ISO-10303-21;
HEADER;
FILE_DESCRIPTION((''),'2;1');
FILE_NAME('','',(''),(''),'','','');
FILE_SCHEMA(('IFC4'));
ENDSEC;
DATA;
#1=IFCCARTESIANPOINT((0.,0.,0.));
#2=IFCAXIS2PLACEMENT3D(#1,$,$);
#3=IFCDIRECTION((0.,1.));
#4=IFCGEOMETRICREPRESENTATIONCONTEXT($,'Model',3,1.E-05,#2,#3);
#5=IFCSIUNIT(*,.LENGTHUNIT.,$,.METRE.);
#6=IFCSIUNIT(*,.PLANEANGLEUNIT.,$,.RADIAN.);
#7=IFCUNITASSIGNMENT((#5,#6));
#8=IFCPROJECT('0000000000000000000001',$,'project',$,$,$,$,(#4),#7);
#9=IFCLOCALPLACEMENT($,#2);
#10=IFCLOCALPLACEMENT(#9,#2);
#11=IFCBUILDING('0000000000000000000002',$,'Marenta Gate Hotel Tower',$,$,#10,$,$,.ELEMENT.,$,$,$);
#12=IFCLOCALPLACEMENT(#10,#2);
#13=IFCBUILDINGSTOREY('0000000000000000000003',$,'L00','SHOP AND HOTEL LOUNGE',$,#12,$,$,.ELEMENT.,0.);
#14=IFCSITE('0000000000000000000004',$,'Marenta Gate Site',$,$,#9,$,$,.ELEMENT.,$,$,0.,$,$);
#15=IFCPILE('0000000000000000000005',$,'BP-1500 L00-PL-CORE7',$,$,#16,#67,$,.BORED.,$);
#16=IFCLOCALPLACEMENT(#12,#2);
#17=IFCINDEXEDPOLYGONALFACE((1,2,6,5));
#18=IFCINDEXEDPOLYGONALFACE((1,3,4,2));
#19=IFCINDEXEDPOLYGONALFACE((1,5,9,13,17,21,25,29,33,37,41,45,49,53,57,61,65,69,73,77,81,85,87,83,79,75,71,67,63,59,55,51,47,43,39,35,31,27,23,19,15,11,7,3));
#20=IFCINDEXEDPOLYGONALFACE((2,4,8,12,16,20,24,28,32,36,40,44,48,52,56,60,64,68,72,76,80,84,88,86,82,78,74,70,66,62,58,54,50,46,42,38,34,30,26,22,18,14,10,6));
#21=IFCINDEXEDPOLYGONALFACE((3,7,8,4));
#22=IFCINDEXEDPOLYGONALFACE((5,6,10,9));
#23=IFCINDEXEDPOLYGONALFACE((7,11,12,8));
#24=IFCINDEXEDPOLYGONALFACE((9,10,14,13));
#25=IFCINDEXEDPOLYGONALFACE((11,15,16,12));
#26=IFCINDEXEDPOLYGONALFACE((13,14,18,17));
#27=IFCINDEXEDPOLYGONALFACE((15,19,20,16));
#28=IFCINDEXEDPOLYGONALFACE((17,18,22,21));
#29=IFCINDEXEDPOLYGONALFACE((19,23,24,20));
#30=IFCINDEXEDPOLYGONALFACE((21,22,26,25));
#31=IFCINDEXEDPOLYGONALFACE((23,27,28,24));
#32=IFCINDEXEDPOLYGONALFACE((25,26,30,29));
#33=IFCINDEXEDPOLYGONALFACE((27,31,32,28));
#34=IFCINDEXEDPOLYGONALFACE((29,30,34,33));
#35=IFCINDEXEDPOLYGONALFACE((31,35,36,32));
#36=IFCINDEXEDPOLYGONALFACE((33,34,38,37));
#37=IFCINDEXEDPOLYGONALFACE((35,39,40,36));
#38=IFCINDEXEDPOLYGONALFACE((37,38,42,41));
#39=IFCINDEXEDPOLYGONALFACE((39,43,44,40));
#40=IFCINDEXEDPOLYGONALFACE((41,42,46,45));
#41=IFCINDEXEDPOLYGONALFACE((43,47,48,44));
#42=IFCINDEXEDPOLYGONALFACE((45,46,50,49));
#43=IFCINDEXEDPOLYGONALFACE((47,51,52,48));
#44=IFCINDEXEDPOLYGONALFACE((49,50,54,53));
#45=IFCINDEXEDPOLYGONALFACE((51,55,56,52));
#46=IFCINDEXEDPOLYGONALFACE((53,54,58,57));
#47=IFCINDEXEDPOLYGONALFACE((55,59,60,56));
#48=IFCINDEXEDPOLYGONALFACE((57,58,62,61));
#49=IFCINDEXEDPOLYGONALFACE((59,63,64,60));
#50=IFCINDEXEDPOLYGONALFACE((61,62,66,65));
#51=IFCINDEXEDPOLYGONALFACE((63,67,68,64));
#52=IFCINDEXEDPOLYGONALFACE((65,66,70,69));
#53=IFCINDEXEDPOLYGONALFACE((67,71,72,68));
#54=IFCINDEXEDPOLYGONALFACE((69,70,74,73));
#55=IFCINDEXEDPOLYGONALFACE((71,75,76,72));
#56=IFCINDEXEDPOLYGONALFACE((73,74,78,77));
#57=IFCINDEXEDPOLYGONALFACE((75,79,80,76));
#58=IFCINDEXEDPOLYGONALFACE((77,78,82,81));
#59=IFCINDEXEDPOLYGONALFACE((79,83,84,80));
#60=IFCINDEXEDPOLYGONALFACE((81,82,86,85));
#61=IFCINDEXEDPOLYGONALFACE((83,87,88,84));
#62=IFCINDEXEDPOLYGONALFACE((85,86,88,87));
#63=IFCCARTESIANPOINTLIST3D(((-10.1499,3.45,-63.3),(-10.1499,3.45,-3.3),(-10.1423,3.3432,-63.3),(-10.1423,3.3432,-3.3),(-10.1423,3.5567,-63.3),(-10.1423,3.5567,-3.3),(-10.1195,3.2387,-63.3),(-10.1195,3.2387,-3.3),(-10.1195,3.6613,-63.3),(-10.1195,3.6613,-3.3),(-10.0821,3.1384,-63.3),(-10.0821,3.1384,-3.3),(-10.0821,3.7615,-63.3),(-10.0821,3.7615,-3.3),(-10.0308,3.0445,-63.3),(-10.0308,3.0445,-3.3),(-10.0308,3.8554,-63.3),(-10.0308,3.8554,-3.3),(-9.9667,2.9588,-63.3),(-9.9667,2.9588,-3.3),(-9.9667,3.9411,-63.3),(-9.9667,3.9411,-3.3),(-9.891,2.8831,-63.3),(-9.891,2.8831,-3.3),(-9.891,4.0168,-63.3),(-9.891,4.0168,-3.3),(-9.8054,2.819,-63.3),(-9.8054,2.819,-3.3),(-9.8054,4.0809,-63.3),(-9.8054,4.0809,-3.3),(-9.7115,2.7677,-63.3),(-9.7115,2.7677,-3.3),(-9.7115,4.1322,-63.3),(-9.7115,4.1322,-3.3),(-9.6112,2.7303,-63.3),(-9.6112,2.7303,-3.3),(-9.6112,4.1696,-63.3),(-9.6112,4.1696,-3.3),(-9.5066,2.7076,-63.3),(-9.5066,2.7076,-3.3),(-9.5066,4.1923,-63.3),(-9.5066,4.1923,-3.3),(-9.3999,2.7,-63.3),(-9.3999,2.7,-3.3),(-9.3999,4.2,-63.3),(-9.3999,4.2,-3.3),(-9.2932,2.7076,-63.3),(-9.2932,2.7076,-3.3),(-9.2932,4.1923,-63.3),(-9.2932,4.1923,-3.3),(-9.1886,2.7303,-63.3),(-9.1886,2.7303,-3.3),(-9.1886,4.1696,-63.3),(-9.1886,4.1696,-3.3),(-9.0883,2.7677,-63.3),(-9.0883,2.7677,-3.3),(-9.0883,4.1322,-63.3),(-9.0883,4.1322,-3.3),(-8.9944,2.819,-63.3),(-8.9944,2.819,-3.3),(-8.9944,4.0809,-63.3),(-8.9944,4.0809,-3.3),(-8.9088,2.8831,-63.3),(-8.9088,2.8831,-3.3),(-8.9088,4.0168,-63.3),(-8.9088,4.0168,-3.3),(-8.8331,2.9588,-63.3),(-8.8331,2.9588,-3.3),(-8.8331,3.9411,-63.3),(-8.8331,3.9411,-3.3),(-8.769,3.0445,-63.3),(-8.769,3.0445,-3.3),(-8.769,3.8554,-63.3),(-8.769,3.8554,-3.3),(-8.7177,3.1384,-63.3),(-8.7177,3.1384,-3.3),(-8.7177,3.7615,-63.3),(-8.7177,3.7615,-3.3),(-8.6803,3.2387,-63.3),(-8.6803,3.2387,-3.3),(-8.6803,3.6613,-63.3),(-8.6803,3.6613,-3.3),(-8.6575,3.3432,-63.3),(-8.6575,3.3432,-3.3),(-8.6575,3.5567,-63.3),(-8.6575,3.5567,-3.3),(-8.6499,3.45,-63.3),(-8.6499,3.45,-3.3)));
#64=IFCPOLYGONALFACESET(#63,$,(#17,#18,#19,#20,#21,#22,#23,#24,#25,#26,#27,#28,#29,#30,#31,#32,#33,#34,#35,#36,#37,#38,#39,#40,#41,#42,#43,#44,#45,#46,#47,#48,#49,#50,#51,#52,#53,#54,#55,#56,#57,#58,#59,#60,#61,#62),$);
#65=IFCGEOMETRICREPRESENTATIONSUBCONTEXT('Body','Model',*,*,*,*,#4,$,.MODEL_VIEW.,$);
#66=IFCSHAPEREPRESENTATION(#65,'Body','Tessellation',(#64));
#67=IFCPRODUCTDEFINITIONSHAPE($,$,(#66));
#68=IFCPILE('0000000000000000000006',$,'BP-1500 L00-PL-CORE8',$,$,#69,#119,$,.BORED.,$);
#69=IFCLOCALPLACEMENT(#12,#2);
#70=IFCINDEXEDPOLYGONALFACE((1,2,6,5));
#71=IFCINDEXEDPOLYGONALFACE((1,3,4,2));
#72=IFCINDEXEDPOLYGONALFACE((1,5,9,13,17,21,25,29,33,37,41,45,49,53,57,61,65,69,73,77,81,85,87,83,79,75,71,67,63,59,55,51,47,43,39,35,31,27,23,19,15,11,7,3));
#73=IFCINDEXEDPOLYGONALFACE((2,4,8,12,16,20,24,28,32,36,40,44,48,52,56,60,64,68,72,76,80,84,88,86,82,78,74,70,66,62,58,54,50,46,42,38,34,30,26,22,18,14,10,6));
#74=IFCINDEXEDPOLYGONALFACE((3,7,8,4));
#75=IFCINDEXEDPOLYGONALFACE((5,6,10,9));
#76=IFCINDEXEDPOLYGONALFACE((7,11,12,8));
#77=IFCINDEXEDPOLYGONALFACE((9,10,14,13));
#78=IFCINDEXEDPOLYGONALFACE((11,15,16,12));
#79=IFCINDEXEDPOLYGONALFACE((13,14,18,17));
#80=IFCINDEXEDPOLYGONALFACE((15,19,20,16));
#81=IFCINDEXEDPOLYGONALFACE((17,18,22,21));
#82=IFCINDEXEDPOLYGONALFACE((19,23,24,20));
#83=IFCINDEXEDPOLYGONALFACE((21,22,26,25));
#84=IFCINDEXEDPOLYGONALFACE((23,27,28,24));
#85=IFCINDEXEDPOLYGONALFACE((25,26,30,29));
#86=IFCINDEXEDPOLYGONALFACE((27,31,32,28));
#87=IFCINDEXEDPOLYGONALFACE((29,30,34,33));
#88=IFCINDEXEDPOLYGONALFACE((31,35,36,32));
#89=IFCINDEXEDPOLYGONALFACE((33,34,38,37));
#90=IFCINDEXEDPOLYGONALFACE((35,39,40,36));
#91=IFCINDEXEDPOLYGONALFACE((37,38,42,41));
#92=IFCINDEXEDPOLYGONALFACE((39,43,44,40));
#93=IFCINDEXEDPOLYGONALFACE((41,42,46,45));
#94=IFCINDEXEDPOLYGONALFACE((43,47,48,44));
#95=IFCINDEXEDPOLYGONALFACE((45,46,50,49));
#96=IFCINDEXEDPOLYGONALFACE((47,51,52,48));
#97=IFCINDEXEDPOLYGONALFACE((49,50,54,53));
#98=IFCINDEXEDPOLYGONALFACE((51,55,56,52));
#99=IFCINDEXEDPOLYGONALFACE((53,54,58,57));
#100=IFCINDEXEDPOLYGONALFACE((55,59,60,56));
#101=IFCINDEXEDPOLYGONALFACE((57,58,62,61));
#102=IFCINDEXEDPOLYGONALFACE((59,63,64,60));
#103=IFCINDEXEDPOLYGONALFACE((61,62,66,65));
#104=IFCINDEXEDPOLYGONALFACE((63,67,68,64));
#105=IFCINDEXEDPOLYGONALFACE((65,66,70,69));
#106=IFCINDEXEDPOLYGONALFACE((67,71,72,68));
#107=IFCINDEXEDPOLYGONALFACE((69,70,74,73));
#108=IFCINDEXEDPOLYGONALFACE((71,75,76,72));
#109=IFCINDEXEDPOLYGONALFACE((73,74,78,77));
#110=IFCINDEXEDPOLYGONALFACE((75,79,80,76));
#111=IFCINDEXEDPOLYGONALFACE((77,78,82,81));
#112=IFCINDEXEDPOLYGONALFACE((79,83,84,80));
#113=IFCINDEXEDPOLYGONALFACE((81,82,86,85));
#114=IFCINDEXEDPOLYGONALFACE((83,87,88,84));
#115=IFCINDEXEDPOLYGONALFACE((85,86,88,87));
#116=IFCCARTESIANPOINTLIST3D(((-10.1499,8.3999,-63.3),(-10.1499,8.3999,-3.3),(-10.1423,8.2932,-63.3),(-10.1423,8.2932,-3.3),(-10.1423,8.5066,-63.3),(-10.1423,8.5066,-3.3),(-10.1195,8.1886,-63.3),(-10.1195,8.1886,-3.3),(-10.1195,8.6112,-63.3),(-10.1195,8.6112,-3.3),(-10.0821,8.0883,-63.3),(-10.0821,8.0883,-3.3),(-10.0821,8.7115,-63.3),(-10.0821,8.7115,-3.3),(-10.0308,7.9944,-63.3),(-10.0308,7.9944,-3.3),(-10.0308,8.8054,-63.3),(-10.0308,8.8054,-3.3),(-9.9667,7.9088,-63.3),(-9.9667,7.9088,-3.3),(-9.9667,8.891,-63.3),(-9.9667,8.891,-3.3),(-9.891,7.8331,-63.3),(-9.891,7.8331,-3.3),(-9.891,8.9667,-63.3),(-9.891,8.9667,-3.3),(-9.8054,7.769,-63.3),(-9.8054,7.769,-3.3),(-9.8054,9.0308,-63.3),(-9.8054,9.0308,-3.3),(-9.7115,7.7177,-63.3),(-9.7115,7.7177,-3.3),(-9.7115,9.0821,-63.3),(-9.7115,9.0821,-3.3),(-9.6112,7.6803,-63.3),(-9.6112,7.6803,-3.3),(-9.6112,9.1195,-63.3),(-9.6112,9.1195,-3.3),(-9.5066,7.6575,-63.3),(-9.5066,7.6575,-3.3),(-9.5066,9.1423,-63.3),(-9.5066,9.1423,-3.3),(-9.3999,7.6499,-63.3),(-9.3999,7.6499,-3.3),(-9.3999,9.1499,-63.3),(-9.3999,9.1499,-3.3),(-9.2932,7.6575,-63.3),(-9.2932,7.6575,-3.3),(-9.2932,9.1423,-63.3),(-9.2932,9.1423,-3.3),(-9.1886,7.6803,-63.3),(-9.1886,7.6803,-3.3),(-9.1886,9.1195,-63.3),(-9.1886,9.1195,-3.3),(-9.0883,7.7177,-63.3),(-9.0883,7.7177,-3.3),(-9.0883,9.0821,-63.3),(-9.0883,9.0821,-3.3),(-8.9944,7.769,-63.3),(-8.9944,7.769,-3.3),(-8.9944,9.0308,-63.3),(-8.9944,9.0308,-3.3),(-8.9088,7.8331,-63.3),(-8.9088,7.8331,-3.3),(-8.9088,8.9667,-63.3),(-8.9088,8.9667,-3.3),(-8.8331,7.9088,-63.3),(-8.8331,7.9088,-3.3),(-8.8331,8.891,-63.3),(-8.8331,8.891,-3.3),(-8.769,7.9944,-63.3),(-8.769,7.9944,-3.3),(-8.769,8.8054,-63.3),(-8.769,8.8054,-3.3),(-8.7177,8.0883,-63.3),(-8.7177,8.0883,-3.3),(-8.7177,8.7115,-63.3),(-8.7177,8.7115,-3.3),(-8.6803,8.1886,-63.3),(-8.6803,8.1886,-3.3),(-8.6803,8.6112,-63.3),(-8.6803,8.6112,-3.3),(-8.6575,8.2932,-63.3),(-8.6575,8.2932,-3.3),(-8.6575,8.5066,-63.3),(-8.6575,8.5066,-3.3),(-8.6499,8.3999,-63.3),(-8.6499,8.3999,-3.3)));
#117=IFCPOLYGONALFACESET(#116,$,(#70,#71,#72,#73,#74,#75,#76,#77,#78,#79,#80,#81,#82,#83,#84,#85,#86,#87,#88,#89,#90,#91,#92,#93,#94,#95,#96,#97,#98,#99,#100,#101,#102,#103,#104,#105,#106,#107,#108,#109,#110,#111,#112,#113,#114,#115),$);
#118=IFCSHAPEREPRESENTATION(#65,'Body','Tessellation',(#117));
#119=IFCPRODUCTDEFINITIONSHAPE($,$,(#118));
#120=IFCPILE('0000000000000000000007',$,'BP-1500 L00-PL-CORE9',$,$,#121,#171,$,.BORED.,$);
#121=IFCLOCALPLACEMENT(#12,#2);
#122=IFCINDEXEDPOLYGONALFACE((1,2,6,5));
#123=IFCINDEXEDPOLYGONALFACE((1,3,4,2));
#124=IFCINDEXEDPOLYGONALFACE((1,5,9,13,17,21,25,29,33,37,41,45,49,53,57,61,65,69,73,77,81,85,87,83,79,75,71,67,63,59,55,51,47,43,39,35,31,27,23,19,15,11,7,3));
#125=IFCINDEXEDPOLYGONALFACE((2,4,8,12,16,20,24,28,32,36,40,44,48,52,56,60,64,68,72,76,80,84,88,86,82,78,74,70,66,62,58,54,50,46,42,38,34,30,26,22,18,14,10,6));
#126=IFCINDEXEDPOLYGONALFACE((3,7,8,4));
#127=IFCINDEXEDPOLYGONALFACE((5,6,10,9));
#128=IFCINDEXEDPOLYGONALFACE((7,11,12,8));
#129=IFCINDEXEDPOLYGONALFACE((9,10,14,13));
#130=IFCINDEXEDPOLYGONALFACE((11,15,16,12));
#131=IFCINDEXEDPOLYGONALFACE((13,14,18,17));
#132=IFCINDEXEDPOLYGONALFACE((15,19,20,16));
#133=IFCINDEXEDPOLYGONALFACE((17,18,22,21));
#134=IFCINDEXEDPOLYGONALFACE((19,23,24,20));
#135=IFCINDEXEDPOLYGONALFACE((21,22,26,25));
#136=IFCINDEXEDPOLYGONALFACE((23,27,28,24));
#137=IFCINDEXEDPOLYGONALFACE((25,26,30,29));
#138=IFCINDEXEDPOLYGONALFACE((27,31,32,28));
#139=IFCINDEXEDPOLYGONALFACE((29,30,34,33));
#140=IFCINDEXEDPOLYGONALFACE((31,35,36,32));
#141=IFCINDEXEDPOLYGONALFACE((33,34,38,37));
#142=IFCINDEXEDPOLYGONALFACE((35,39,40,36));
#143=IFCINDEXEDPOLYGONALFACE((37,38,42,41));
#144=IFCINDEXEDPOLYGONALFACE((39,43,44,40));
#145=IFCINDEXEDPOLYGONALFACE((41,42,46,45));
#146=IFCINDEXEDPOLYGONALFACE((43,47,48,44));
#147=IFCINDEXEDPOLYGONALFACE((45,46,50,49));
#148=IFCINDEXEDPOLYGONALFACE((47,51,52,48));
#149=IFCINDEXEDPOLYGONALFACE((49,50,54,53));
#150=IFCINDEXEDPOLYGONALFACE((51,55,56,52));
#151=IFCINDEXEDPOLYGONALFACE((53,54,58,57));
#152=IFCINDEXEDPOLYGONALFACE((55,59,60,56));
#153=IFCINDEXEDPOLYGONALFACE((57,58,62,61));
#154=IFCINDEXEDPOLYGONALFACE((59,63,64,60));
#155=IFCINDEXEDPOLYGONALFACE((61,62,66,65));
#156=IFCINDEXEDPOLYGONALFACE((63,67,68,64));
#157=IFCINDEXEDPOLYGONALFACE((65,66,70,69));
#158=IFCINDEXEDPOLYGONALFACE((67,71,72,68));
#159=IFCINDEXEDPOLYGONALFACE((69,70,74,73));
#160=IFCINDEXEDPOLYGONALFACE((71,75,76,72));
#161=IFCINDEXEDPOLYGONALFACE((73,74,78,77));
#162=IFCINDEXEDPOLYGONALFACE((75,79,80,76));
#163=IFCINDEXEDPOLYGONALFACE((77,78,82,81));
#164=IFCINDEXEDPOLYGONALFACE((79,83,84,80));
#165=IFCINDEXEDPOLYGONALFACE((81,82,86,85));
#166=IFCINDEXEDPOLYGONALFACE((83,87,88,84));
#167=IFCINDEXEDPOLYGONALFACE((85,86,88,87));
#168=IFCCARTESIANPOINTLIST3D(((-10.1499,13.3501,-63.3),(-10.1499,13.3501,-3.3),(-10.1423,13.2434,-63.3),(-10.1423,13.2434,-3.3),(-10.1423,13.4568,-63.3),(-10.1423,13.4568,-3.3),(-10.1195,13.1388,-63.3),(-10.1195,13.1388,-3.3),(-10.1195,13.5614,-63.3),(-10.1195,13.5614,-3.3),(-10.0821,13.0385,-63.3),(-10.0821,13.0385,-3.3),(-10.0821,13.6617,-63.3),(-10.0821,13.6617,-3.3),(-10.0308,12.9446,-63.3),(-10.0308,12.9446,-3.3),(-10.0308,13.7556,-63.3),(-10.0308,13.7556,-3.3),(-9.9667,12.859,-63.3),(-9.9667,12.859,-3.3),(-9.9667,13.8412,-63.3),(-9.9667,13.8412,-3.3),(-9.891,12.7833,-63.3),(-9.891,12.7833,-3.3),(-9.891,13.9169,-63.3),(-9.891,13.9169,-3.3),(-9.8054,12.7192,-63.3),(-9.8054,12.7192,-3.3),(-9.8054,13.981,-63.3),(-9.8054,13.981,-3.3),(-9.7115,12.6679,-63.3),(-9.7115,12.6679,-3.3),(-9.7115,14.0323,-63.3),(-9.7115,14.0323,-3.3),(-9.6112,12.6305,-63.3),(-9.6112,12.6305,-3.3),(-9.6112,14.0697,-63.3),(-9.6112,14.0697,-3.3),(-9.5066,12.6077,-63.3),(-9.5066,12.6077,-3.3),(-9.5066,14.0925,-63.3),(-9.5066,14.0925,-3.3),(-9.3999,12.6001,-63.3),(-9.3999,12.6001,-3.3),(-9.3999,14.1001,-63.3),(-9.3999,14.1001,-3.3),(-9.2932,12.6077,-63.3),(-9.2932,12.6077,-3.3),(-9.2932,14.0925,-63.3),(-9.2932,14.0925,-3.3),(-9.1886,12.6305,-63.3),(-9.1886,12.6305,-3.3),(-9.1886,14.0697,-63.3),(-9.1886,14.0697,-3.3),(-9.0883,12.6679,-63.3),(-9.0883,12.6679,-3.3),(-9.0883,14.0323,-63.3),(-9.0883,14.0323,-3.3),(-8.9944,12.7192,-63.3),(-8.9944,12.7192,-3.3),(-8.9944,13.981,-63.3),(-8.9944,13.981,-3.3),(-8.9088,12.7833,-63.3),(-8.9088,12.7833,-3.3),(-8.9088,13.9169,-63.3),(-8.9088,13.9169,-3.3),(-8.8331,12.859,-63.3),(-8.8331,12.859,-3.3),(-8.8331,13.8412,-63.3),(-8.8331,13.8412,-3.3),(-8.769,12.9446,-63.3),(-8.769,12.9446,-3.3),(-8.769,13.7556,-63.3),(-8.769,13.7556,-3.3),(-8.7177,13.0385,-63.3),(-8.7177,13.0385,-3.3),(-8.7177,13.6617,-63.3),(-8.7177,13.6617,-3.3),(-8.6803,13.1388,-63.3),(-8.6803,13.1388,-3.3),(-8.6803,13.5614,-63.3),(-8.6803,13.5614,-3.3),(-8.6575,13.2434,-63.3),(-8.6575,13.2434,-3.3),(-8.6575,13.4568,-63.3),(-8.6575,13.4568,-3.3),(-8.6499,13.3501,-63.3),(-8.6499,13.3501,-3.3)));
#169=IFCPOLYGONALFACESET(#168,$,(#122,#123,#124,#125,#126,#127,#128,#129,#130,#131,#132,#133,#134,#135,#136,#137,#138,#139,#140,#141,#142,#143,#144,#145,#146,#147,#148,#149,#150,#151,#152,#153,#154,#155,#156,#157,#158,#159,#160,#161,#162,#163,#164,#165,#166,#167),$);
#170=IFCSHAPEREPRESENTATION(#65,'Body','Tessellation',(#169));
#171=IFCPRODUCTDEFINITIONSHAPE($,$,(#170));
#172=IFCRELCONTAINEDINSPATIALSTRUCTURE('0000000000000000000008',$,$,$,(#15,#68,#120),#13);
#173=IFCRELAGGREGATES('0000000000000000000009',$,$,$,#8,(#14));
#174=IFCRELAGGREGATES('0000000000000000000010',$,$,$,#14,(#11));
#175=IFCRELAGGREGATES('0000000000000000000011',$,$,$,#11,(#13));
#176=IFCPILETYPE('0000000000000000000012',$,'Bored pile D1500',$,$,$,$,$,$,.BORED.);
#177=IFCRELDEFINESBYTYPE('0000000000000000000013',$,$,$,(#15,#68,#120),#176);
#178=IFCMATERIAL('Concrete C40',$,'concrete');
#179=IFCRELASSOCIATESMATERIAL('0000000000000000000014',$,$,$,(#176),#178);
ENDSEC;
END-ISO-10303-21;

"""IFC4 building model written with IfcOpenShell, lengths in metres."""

from ifc_helpers import new_model, si_unit, direction, frame, origin, origin_2d, place, context, subcontext, project, spatial, circle, extrude, material, type_object, element, save


model = new_model("IFC4")

# Units and contexts
model_context = context("Model", 3, precision=1e-05, world=origin(), true_north=direction((0.0, 1.0)))
body_context = subcontext(model_context, "Body", "Model", "MODEL_VIEW")
ifc_project = project(units=[si_unit("LENGTHUNIT", "METRE"), si_unit("PLANEANGLEUNIT", "RADIAN")], contexts=[model_context])

# Site, building, storey
site_placement = place(None, origin())
site = spatial("IfcSite", under=ifc_project, at=site_placement, Name="Marenta Gate Site", CompositionType="ELEMENT", RefElevation=0.0)
building_placement = place(site_placement, origin())
building = spatial("IfcBuilding", under=site, at=building_placement, Name="Marenta Gate Hotel Tower", CompositionType="ELEMENT")
storey_placement = place(building_placement, origin())
storey = spatial("IfcBuildingStorey", under=building, at=storey_placement, Name="L00", Description="SHOP AND HOTEL LOUNGE", CompositionType="ELEMENT", Elevation=0.0)

# Piles
ifc_material_1 = material(Name="Concrete C40", Category="concrete")
pile_type = type_object("IfcPileType", Name="Bored pile D1500", PredefinedType="BORED", material=ifc_material_1)
for number, where, z_axis, x_axis, name in (
    (1, (-9.3999, 3.45, -3.3), (0.0, 0.0, -1.0), (1.0, 0.0, 0.0), "BP-1500 L00-PL-CORE7"),
    (2, (-9.3999, 8.3999, -3.3), (0.0, 0.0, -1.0), (1.0, 0.0, 0.0), "BP-1500 L00-PL-CORE8"),
    (3, (-9.3999, 13.3501, -3.3), (0.0, 0.0, -1.0), (1.0, 0.0, 0.0), "BP-1500 L00-PL-CORE9"),
):
    element("IfcPile", number, at=place(storey_placement, frame(where, z_axis=z_axis, x_axis=x_axis)), inside=storey, type_object=pile_type, Name=name, PredefinedType="BORED", context=body_context, shape_type="SweptSolid", body=[
        extrude(circle(Radius=0.75, at=origin_2d()), origin(), (0.0, 0.0, 1.0), 60.0),
    ])

save(model, "model.ifc")
